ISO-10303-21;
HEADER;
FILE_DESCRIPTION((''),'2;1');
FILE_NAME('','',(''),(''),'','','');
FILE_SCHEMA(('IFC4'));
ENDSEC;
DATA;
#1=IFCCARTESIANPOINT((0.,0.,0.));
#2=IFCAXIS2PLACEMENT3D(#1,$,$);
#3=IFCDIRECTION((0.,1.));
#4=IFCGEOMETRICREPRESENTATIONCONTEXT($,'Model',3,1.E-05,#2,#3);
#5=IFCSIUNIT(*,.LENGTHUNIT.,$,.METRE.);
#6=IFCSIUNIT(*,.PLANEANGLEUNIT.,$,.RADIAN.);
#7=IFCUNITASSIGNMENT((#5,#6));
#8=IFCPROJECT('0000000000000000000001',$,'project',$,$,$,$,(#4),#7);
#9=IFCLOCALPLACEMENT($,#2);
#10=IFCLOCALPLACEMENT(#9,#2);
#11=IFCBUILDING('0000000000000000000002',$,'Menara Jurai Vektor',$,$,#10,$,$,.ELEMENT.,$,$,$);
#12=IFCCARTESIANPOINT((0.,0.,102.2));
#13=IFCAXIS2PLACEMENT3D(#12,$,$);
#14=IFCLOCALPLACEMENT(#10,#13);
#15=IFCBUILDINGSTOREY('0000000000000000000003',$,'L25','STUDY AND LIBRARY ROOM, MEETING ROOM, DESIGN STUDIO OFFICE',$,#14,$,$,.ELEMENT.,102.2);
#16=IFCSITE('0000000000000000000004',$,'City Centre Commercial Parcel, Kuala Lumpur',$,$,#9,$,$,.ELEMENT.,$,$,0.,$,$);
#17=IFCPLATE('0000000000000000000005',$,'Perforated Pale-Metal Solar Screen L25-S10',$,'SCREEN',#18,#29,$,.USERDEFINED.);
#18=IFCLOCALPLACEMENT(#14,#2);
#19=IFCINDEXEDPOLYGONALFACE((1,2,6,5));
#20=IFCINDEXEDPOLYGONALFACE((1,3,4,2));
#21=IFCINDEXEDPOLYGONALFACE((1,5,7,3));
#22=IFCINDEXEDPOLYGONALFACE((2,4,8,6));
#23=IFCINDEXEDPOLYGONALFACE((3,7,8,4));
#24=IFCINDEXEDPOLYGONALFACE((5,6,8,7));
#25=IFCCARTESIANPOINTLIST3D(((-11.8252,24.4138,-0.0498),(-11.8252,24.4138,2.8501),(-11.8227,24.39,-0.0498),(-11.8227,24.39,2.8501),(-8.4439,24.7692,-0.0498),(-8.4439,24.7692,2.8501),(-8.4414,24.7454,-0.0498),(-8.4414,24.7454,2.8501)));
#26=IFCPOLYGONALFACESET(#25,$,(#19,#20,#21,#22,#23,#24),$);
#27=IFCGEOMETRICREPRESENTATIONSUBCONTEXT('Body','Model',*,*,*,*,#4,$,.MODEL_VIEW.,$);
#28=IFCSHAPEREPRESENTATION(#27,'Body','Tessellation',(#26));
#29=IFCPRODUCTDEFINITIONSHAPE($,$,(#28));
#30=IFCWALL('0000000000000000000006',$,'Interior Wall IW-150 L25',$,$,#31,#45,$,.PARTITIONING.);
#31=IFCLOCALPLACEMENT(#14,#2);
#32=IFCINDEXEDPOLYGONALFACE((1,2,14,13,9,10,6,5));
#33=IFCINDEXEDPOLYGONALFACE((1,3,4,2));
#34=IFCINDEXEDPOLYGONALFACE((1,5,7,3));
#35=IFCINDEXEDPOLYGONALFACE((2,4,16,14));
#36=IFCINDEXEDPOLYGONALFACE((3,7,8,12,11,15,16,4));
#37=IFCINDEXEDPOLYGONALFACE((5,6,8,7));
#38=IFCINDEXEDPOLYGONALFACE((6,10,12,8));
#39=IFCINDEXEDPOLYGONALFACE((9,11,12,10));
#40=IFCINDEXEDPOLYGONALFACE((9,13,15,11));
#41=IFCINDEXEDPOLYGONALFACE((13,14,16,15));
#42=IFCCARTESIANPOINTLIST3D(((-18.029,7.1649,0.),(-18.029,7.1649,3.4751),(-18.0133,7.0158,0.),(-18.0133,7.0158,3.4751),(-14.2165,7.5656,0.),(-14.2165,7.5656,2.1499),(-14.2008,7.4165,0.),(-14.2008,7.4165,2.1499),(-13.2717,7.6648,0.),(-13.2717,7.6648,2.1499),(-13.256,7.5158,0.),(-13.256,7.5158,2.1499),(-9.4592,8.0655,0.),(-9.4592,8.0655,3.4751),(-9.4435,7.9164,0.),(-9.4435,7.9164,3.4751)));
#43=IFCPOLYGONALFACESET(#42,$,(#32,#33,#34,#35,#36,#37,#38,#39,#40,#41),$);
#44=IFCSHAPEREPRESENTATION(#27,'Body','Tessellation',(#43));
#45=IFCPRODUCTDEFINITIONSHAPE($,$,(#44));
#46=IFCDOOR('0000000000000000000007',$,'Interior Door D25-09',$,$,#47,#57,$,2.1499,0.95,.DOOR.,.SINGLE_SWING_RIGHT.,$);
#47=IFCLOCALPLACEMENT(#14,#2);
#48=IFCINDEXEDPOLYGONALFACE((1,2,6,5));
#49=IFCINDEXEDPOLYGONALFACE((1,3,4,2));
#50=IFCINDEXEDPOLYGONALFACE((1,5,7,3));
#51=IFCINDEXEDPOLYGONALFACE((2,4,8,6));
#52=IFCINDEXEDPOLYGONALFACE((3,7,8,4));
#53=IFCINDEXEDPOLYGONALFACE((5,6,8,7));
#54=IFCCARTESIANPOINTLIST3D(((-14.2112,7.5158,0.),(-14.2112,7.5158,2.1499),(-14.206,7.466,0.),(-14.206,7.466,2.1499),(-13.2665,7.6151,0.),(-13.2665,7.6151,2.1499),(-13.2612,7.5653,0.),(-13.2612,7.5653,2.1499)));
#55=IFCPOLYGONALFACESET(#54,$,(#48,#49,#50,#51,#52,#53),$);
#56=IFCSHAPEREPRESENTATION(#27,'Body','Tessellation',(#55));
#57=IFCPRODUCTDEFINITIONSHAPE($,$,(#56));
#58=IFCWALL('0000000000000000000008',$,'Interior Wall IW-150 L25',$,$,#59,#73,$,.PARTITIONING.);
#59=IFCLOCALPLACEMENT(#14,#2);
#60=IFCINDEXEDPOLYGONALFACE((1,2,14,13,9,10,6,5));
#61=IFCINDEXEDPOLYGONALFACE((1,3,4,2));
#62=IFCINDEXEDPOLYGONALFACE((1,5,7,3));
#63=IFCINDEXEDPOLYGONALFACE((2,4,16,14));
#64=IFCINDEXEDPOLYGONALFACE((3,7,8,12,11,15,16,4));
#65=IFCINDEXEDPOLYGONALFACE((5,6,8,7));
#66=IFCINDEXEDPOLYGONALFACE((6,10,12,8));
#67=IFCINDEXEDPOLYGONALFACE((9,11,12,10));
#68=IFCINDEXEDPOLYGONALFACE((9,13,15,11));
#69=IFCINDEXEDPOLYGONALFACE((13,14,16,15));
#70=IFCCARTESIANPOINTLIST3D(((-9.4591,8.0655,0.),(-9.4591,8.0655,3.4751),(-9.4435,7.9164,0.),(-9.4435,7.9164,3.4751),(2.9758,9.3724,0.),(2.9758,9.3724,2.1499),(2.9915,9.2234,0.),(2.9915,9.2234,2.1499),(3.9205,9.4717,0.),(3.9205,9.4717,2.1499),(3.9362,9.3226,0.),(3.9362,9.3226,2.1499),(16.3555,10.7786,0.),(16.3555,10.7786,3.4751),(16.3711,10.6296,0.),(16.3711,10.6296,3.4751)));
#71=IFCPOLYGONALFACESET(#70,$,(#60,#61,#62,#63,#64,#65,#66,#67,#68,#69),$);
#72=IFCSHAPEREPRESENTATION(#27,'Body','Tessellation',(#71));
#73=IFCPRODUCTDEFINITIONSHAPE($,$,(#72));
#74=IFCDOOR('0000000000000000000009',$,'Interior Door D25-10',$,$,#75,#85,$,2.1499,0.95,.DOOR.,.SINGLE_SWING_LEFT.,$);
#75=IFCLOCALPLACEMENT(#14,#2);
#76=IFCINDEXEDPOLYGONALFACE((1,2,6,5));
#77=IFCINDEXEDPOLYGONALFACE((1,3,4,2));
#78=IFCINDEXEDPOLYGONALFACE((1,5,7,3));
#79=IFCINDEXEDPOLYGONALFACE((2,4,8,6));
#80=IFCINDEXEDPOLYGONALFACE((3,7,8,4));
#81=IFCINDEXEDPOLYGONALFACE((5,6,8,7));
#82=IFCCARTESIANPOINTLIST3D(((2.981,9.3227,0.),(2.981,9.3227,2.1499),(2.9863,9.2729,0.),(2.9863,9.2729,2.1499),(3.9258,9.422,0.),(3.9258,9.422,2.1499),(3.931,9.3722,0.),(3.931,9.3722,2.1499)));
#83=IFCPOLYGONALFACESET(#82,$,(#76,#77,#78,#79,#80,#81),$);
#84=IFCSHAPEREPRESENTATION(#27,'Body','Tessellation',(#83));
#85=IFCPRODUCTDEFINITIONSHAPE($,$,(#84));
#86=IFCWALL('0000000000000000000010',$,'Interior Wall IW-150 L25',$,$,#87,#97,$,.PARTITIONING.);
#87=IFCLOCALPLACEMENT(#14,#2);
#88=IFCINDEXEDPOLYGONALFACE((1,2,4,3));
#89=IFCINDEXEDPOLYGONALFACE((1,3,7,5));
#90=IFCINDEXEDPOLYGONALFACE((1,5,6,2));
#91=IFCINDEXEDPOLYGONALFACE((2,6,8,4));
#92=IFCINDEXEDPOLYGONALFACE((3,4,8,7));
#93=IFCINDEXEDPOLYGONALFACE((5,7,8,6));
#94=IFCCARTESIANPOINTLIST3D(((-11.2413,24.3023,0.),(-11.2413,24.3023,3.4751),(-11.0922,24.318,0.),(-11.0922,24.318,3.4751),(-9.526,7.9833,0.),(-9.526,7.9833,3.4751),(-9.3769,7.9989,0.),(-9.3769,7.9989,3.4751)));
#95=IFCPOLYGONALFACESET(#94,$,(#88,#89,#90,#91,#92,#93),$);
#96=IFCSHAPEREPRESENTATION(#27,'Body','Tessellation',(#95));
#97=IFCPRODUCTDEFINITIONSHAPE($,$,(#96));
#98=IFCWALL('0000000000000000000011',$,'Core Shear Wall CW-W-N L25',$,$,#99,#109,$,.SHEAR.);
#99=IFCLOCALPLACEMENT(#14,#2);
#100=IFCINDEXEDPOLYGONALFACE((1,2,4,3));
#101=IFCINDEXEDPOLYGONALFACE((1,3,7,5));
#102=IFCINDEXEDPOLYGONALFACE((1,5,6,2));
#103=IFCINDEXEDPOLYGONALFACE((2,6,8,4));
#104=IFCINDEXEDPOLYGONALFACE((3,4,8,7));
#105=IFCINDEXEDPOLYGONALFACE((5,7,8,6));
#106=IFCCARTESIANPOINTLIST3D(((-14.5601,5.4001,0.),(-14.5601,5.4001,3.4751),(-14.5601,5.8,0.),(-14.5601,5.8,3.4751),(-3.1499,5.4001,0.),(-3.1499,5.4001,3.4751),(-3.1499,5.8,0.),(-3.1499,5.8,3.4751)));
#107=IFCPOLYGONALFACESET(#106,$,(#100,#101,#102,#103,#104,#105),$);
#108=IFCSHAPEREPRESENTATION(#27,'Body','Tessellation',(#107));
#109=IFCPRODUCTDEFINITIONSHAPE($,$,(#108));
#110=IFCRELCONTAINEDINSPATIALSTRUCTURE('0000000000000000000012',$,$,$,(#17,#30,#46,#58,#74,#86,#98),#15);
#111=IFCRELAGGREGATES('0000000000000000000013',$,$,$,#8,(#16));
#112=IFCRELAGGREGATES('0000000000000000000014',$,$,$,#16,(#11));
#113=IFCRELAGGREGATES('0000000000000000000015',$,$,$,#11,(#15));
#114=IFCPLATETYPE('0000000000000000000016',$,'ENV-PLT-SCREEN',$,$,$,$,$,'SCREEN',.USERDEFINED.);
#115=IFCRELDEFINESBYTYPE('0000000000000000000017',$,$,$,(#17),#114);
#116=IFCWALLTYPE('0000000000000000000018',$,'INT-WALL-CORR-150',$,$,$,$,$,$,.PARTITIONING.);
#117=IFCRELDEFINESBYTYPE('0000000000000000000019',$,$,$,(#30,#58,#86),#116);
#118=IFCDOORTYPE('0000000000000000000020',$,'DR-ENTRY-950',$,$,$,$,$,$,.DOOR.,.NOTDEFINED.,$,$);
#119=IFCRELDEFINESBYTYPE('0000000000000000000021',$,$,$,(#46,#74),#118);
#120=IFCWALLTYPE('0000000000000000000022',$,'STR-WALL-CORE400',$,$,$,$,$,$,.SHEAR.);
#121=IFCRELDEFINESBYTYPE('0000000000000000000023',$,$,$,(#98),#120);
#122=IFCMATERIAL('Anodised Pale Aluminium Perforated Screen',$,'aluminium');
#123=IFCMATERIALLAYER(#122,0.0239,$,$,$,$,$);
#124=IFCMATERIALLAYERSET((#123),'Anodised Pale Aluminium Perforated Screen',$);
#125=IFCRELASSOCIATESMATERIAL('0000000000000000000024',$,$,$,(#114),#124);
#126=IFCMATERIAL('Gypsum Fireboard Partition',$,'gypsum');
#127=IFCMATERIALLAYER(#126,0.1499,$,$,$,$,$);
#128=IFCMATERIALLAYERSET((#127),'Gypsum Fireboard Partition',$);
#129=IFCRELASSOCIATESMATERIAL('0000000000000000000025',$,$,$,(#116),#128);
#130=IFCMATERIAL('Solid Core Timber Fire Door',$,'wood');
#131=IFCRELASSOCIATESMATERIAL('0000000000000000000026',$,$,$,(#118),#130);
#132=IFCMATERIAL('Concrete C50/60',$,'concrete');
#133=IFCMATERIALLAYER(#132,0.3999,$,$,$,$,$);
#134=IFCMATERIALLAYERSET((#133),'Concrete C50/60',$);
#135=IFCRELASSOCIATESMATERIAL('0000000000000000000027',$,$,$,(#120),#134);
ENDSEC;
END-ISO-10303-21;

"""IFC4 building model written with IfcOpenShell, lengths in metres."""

from ifc_helpers import new_model, si_unit, direction, frame, frame_2d, origin, origin_2d, place, context, subcontext, project, spatial, rectangle, extrude, material, layer, layer_set, type_object, element, fill, save


model = new_model("IFC4")

# Units and contexts
model_context = context("Model", 3, precision=1e-05, world=origin(), true_north=direction((0.0, 1.0)))
body_context = subcontext(model_context, "Body", "Model", "MODEL_VIEW")
ifc_project = project(units=[si_unit("LENGTHUNIT", "METRE"), si_unit("PLANEANGLEUNIT", "RADIAN")], contexts=[model_context])

# Site, building, storey
site_placement = place(None, origin())
site = spatial("IfcSite", under=ifc_project, at=site_placement, Name="City Centre Commercial Parcel, Kuala Lumpur", CompositionType="ELEMENT", RefElevation=0.0)
building_placement = place(site_placement, origin())
building = spatial("IfcBuilding", under=site, at=building_placement, Name="Menara Jurai Vektor", CompositionType="ELEMENT")
storey_placement = place(building_placement, frame((0.0, 0.0, 102.2)))
storey = spatial("IfcBuildingStorey", under=building, at=storey_placement, Name="L25", Description="STUDY AND LIBRARY ROOM, MEETING ROOM, DESIGN STUDIO OFFICE", CompositionType="ELEMENT", Elevation=102.2)

# Plate
ifc_material_1 = material(Name="Anodised Pale Aluminium Perforated Screen", Category="aluminium")
ifc_layer_1 = layer(ifc_material_1, 0.0239)
ifc_layer_set_1 = layer_set([ifc_layer_1], Name="Anodised Pale Aluminium Perforated Screen")
plate_type_1 = type_object("IfcPlateType", Name="ENV-PLT-SCREEN", ElementType="SCREEN", PredefinedType="USERDEFINED", material=ifc_layer_set_1)
plate_1_placement = place(storey_placement, frame((-10.1333, 24.5796, -0.0498), z_axis=(0.0, 0.0, 1.0), x_axis=(-0.994522, -0.104528, 0.0)))
element("IfcPlate", 1, at=plate_1_placement, inside=storey, type_object=plate_type_1, Name="Perforated Pale-Metal Solar Screen L25-S10", ObjectType="SCREEN", PredefinedType="USERDEFINED", context=body_context, shape_type="SweptSolid", body=[
    extrude(rectangle(XDim=3.3999, YDim=0.0239, at=origin_2d()), origin(), (0.0, 0.0, 1.0), 2.8999),
])

# Walls, openings, doors
ifc_material_2 = material(Name="Gypsum Fireboard Partition", Category="gypsum")
ifc_layer_2 = layer(ifc_material_2, 0.1499)
ifc_layer_set_2 = layer_set([ifc_layer_2], Name="Gypsum Fireboard Partition")
wall_type_1 = type_object("IfcWallType", Name="INT-WALL-CORR-150", PredefinedType="PARTITIONING", material=ifc_layer_set_2)
wall_1_placement = place(storey_placement, frame((-18.0212, 7.0903, 0.0), z_axis=(0.0, 0.0, 1.0), x_axis=(0.994523, 0.104518, 0.0)))
wall_1 = element("IfcWall", 2, at=wall_1_placement, inside=storey, type_object=wall_type_1, Name="Interior Wall IW-150 L25", PredefinedType="PARTITIONING", context=body_context, shape_type="SweptSolid", body=[
    extrude(rectangle(XDim=8.6169, YDim=0.1499, at=frame_2d((4.3086, 0.0))), origin(), (0.0, 0.0, 1.0), 3.4751),
])
opening_1_placement = place(wall_1_placement, frame((3.8335, 0.0, 0.0)))
opening_1 = element("IfcOpeningElement", 3, at=opening_1_placement, cuts=wall_1, PredefinedType="OPENING", context=body_context, shape_type="SweptSolid", body=[
    extrude(rectangle(XDim=0.95, YDim=2.1499, at=frame_2d((0.4751, 1.075))), frame((0.0, 0.085, 0.0), z_axis=(0.0, -1.0, 0.0), x_axis=(1.0, 0.0, 0.0)), (0.0, 0.0, 1.0), 0.1699),
])
ifc_material_3 = material(Name="Solid Core Timber Fire Door", Category="wood")
door_type = type_object("IfcDoorType", Name="DR-ENTRY-950", OperationType="NOTDEFINED", PredefinedType="DOOR", material=ifc_material_3)
door_1_placement = place(opening_1_placement, origin())
door_1 = element("IfcDoor", 4, at=door_1_placement, inside=storey, type_object=door_type, Name="Interior Door D25-09", OperationType="SINGLE_SWING_RIGHT", OverallHeight=2.1499, OverallWidth=0.95, PredefinedType="DOOR", context=body_context, shape_type="SweptSolid", body=[
    extrude(rectangle(XDim=0.95, YDim=2.1499, at=frame_2d((0.4751, 1.075))), frame((0.0, 0.0249, 0.0), z_axis=(0.0, -1.0, 0.0), x_axis=(1.0, 0.0, 0.0)), (0.0, 0.0, 1.0), 0.05),
])
fill(opening_1, door_1)
wall_2_placement = place(storey_placement, frame((-9.4514, 7.991, 0.0), z_axis=(0.0, 0.0, 1.0), x_axis=(0.994522, 0.104525, 0.0)))
wall_2 = element("IfcWall", 5, at=wall_2_placement, inside=storey, type_object=wall_type_1, Name="Interior Wall IW-150 L25", PredefinedType="PARTITIONING", context=body_context, shape_type="SweptSolid", body=[
    extrude(rectangle(XDim=25.9568, YDim=0.1499, at=frame_2d((12.9785, 0.0))), origin(), (0.0, 0.0, 1.0), 3.4751),
])
opening_2_placement = place(wall_2_placement, frame((12.5034, 0.0, 0.0)))
opening_2 = element("IfcOpeningElement", 6, at=opening_2_placement, cuts=wall_2, PredefinedType="OPENING", context=body_context, shape_type="SweptSolid", body=[
    extrude(rectangle(XDim=0.95, YDim=2.1499, at=frame_2d((0.4751, 1.075))), frame((0.0, 0.085, 0.0), z_axis=(0.0, -1.0, 0.0), x_axis=(1.0, 0.0, 0.0)), (0.0, 0.0, 1.0), 0.1699),
])
door_2_placement = place(opening_2_placement, origin())
door_2 = element("IfcDoor", 7, at=door_2_placement, inside=storey, type_object=door_type, Name="Interior Door D25-10", OperationType="SINGLE_SWING_LEFT", OverallHeight=2.1499, OverallWidth=0.95, PredefinedType="DOOR", context=body_context, shape_type="SweptSolid", body=[
    extrude(rectangle(XDim=0.95, YDim=2.1499, at=frame_2d((0.4751, 1.075))), frame((0.0, 0.0249, 0.0), z_axis=(0.0, -1.0, 0.0), x_axis=(1.0, 0.0, 0.0)), (0.0, 0.0, 1.0), 0.05),
])
fill(opening_2, door_2)

# Walls
wall_3_placement = place(storey_placement, frame((-9.4514, 7.991, 0.0), z_axis=(0.0, 0.0, 1.0), x_axis=(-0.104536, 0.994521, 0.0)))
element("IfcWall", 8, at=wall_3_placement, inside=storey, type_object=wall_type_1, Name="Interior Wall IW-150 L25", PredefinedType="PARTITIONING", context=body_context, shape_type="SweptSolid", body=[
    extrude(rectangle(XDim=16.4089, YDim=0.1499, at=frame_2d((8.2046, 0.0))), origin(), (0.0, 0.0, 1.0), 3.4751),
])
ifc_material_4 = material(Name="Concrete C50/60", Category="concrete")
ifc_layer_3 = layer(ifc_material_4, 0.3999)
ifc_layer_set_3 = layer_set([ifc_layer_3], Name="Concrete C50/60")
wall_type_2 = type_object("IfcWallType", Name="STR-WALL-CORE400", PredefinedType="SHEAR", material=ifc_layer_set_3)
wall_4_placement = place(storey_placement, frame((-14.5601, 5.6001, 0.0), z_axis=(0.0, 0.0, 1.0), x_axis=(1.0, 0.0, 0.0)))
element("IfcWall", 9, at=wall_4_placement, inside=storey, type_object=wall_type_2, Name="Core Shear Wall CW-W-N L25", PredefinedType="SHEAR", context=body_context, shape_type="SweptSolid", body=[
    extrude(rectangle(XDim=11.4102, YDim=0.3999, at=frame_2d((5.7051, 0.0))), origin(), (0.0, 0.0, 1.0), 3.4751),
])

save(model, "model.ifc")
